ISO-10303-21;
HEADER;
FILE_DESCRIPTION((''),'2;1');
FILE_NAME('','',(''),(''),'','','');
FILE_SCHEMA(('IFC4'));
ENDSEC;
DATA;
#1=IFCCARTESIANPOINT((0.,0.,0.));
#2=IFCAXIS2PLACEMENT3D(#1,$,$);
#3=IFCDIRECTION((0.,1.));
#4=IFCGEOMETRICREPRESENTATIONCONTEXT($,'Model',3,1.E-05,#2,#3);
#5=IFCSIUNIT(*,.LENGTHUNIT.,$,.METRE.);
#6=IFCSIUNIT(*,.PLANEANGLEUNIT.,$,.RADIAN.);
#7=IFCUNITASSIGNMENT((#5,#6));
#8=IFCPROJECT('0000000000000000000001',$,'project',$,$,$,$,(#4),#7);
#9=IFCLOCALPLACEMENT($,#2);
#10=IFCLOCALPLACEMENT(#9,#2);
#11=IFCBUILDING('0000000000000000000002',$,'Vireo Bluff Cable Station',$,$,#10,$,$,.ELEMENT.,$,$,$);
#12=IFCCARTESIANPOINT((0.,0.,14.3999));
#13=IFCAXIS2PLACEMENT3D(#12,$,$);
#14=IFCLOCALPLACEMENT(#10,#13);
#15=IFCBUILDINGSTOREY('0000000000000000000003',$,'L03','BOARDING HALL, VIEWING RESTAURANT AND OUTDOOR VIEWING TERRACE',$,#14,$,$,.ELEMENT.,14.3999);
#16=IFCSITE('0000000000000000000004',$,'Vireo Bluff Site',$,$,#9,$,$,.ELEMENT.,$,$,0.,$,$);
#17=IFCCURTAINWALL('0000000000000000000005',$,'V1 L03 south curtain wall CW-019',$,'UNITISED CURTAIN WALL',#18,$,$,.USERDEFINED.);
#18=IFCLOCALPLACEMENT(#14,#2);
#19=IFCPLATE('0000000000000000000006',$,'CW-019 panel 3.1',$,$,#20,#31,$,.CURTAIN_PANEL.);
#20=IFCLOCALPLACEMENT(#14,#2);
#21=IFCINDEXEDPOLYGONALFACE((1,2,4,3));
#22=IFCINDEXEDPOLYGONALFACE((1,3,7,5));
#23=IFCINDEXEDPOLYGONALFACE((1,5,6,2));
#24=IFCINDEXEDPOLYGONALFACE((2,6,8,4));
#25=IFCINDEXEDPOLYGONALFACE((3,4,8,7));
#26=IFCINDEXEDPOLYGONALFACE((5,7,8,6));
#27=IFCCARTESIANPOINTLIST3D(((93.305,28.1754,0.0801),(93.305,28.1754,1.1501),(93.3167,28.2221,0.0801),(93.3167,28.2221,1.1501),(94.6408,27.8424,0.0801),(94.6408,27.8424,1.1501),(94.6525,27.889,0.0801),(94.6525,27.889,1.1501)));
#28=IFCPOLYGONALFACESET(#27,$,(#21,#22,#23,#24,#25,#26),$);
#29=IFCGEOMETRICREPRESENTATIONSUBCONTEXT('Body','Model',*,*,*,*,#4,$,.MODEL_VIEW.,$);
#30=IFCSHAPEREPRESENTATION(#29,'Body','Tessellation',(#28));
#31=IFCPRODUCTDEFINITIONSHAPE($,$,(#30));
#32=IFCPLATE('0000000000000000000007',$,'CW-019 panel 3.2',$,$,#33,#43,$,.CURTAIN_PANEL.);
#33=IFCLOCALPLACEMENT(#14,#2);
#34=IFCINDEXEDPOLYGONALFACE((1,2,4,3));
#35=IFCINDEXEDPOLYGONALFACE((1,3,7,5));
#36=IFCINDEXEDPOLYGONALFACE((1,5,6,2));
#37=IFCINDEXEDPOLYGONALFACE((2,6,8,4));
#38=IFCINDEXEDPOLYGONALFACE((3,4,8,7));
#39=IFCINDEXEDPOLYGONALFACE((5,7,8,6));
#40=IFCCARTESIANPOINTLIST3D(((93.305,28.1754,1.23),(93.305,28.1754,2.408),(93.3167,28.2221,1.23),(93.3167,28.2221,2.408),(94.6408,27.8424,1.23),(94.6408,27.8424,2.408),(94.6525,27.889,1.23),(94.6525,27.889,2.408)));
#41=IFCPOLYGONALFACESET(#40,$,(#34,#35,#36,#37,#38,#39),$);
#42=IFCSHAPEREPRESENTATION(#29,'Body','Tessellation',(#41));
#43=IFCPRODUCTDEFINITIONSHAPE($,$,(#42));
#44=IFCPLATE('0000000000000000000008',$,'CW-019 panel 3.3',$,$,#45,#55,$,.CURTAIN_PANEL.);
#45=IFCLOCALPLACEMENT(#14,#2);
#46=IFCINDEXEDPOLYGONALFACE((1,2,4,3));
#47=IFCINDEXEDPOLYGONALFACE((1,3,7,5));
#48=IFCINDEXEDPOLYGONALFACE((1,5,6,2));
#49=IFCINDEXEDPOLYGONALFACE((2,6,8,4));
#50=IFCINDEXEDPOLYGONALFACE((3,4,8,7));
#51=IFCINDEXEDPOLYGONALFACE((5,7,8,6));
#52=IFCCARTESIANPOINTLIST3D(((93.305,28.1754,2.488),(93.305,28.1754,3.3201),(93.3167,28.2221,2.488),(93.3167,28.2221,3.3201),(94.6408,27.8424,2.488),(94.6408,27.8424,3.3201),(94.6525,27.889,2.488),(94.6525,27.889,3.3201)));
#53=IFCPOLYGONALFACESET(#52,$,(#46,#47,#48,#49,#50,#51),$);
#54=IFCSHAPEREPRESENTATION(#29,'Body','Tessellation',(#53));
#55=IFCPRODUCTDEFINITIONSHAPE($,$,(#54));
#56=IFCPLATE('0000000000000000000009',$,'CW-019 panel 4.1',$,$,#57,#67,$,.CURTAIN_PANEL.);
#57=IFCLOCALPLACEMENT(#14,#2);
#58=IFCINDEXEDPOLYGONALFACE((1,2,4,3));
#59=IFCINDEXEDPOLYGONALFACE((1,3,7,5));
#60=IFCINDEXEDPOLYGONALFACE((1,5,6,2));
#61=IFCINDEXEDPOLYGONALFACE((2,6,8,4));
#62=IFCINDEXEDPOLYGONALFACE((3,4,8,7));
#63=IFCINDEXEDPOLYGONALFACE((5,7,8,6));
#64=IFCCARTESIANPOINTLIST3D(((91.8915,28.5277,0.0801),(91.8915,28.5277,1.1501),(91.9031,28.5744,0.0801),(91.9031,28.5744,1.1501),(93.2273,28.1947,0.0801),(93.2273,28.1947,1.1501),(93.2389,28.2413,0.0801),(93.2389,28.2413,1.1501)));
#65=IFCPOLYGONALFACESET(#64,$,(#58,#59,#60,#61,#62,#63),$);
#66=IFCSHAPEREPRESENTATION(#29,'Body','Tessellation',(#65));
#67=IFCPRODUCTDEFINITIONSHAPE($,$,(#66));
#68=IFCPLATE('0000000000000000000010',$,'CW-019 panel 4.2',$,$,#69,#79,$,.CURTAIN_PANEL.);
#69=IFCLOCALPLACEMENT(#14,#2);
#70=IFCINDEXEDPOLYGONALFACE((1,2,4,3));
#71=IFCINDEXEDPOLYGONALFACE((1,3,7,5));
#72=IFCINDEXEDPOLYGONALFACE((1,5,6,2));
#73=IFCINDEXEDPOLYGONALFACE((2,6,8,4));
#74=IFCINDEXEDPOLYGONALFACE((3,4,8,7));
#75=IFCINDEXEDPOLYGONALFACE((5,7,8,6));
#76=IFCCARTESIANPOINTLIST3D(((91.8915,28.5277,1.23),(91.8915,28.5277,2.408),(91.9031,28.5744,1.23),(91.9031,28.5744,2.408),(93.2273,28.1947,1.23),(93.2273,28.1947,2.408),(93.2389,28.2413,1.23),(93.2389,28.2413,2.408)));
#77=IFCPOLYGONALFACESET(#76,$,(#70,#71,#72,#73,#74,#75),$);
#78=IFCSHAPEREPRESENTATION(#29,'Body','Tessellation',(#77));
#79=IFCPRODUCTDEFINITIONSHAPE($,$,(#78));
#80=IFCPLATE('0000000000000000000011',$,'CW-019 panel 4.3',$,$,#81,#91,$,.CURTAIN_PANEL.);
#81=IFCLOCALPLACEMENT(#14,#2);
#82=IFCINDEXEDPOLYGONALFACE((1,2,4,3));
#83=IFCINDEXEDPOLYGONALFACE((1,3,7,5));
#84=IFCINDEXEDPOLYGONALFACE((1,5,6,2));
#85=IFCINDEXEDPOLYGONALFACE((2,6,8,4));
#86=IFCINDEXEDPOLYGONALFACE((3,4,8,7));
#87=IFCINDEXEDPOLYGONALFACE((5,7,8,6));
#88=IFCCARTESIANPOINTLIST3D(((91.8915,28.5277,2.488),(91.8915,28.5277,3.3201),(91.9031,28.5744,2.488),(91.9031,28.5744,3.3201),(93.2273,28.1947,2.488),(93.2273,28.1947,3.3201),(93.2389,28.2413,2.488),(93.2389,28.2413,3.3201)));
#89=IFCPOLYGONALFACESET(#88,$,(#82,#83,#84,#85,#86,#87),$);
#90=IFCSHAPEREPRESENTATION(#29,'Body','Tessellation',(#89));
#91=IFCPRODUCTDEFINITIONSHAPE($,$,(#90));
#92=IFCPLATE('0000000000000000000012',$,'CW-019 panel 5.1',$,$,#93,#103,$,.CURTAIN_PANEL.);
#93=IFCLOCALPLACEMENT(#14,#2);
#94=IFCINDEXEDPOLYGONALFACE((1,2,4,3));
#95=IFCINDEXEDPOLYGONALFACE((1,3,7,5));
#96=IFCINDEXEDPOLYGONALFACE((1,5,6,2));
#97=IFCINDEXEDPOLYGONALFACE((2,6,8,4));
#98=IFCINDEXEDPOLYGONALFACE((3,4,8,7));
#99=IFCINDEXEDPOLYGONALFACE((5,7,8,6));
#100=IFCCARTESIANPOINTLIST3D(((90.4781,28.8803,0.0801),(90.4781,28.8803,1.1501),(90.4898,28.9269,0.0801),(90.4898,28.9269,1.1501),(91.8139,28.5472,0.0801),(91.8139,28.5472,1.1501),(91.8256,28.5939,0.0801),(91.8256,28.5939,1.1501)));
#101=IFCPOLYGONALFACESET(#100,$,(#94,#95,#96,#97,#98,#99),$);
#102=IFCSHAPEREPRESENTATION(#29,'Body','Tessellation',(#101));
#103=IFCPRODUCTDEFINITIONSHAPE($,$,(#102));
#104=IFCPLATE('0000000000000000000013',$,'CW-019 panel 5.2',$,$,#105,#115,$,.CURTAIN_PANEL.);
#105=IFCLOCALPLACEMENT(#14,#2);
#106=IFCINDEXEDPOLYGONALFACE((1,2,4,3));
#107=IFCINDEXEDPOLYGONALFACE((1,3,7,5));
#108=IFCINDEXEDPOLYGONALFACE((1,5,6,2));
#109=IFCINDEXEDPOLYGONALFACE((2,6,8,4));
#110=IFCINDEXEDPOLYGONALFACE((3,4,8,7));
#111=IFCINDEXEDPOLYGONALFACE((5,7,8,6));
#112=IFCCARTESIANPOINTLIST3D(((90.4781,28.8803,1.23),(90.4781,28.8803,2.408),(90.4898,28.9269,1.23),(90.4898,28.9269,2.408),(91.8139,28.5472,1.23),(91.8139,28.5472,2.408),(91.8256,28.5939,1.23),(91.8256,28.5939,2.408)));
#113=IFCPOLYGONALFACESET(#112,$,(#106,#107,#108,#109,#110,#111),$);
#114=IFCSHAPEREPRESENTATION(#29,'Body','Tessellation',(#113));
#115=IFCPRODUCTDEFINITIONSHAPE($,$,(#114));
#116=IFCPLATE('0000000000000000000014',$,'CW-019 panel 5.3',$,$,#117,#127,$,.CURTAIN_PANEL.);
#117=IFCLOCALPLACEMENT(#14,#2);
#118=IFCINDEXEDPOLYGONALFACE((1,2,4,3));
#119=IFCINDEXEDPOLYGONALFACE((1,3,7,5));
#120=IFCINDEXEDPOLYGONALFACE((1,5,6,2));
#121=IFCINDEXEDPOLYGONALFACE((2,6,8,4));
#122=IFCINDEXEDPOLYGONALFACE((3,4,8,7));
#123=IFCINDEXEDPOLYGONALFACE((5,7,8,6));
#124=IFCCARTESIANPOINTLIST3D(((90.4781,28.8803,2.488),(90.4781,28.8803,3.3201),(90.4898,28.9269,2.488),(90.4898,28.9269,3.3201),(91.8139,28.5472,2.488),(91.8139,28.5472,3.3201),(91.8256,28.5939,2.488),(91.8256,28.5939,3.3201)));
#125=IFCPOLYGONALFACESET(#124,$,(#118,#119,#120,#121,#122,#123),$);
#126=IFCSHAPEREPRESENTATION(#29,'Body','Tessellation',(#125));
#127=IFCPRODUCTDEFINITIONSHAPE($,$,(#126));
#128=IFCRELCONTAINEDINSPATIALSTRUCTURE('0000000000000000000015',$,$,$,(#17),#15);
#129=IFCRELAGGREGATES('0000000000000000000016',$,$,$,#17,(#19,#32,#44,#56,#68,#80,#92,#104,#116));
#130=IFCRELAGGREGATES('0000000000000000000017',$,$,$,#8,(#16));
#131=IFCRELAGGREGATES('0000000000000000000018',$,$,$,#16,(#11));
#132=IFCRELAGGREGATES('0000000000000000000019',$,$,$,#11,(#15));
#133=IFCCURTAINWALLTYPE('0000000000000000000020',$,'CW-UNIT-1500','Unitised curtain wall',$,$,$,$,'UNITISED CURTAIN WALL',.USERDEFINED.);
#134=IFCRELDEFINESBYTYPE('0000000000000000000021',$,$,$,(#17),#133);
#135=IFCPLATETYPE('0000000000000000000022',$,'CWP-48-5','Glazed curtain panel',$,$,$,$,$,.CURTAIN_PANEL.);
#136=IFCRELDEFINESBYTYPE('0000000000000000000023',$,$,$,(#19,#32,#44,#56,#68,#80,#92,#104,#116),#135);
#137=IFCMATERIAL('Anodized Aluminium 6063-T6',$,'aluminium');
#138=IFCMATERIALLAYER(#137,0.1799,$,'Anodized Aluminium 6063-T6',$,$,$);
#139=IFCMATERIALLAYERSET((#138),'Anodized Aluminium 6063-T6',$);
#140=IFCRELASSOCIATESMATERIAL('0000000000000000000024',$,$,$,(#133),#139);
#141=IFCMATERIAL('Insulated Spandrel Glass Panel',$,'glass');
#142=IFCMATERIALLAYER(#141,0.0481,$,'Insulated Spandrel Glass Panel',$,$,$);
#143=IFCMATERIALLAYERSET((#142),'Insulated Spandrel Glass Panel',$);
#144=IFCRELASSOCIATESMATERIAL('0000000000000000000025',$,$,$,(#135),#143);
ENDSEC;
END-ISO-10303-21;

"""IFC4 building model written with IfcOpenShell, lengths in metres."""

from ifc_helpers import new_model, si_unit, direction, frame, origin, origin_2d, place, context, subcontext, project, spatial, rectangle, extrude, material, layer, layer_set, type_object, element, aggregate, save


model = new_model("IFC4")

# Units and contexts
model_context = context("Model", 3, precision=1e-05, world=origin(), true_north=direction((0.0, 1.0)))
body_context = subcontext(model_context, "Body", "Model", "MODEL_VIEW")
ifc_project = project(units=[si_unit("LENGTHUNIT", "METRE"), si_unit("PLANEANGLEUNIT", "RADIAN")], contexts=[model_context])

# Site, building, storey
site_placement = place(None, origin())
site = spatial("IfcSite", under=ifc_project, at=site_placement, Name="Vireo Bluff Site", CompositionType="ELEMENT", RefElevation=0.0)
building_placement = place(site_placement, origin())
building = spatial("IfcBuilding", under=site, at=building_placement, Name="Vireo Bluff Cable Station", CompositionType="ELEMENT")
storey_placement = place(building_placement, frame((0.0, 0.0, 14.3999)))
storey = spatial("IfcBuildingStorey", under=building, at=storey_placement, Name="L03", Description="BOARDING HALL, VIEWING RESTAURANT AND OUTDOOR VIEWING TERRACE", CompositionType="ELEMENT", Elevation=14.3999)

# Curtain wall, plates
ifc_material_1 = material(Name="Anodized Aluminium 6063-T6", Category="aluminium")
ifc_layer_1 = layer(ifc_material_1, 0.1799, Name="Anodized Aluminium 6063-T6")
ifc_layer_set_1 = layer_set([ifc_layer_1], Name="Anodized Aluminium 6063-T6")
curtain_wall_type = type_object("IfcCurtainWallType", Name="CW-UNIT-1500", Description="Unitised curtain wall", ElementType="UNITISED CURTAIN WALL", PredefinedType="USERDEFINED", material=ifc_layer_set_1)
curtain_wall_placement = place(storey_placement, origin())
curtain_wall = element("IfcCurtainWall", 1, at=curtain_wall_placement, inside=storey, type_object=curtain_wall_type, Name="V1 L03 south curtain wall CW-019", ObjectType="UNITISED CURTAIN WALL", PredefinedType="USERDEFINED")
ifc_material_2 = material(Name="Insulated Spandrel Glass Panel", Category="glass")
ifc_layer_2 = layer(ifc_material_2, 0.0481, Name="Insulated Spandrel Glass Panel")
ifc_layer_set_2 = layer_set([ifc_layer_2], Name="Insulated Spandrel Glass Panel")
plate_type = type_object("IfcPlateType", Name="CWP-48-5", Description="Glazed curtain panel", PredefinedType="CURTAIN_PANEL", material=ifc_layer_set_2)
plate_1_placement = place(storey_placement, frame((93.9788, 28.0322, 0.0801), z_axis=(0.0, 0.0, 1.0), x_axis=(-0.970296, 0.241922, 0.0)))
plate_1 = element("IfcPlate", 2, at=plate_1_placement, type_object=plate_type, Name="CW-019 panel 3.1", PredefinedType="CURTAIN_PANEL", context=body_context, shape_type="SweptSolid", body=[
    extrude(rectangle(XDim=1.3767, YDim=0.0481, at=origin_2d()), origin(), (0.0, 0.0, 1.0), 1.0701),
])
plate_2_placement = place(storey_placement, frame((93.9788, 28.0322, 1.23), z_axis=(0.0, 0.0, 1.0), x_axis=(-0.970296, 0.241922, 0.0)))
plate_2 = element("IfcPlate", 3, at=plate_2_placement, type_object=plate_type, Name="CW-019 panel 3.2", PredefinedType="CURTAIN_PANEL", context=body_context, shape_type="SweptSolid", body=[
    extrude(rectangle(XDim=1.3767, YDim=0.0481, at=origin_2d()), origin(), (0.0, 0.0, 1.0), 1.178),
])
plate_3_placement = place(storey_placement, frame((93.9788, 28.0322, 2.488), z_axis=(0.0, 0.0, 1.0), x_axis=(-0.970296, 0.241922, 0.0)))
plate_3 = element("IfcPlate", 4, at=plate_3_placement, type_object=plate_type, Name="CW-019 panel 3.3", PredefinedType="CURTAIN_PANEL", context=body_context, shape_type="SweptSolid", body=[
    extrude(rectangle(XDim=1.3767, YDim=0.0481, at=origin_2d()), origin(), (0.0, 0.0, 1.0), 0.832),
])
plate_4_placement = place(storey_placement, frame((92.5652, 28.3845, 0.0801), z_axis=(0.0, 0.0, 1.0), x_axis=(-0.970296, 0.241922, 0.0)))
plate_4 = element("IfcPlate", 5, at=plate_4_placement, type_object=plate_type, Name="CW-019 panel 4.1", PredefinedType="CURTAIN_PANEL", context=body_context, shape_type="SweptSolid", body=[
    extrude(rectangle(XDim=1.3767, YDim=0.0481, at=origin_2d()), origin(), (0.0, 0.0, 1.0), 1.0701),
])
plate_5_placement = place(storey_placement, frame((92.5652, 28.3845, 1.23), z_axis=(0.0, 0.0, 1.0), x_axis=(-0.970296, 0.241922, 0.0)))
plate_5 = element("IfcPlate", 6, at=plate_5_placement, type_object=plate_type, Name="CW-019 panel 4.2", PredefinedType="CURTAIN_PANEL", context=body_context, shape_type="SweptSolid", body=[
    extrude(rectangle(XDim=1.3767, YDim=0.0481, at=origin_2d()), origin(), (0.0, 0.0, 1.0), 1.178),
])
plate_6_placement = place(storey_placement, frame((92.5652, 28.3845, 2.488), z_axis=(0.0, 0.0, 1.0), x_axis=(-0.970296, 0.241922, 0.0)))
plate_6 = element("IfcPlate", 7, at=plate_6_placement, type_object=plate_type, Name="CW-019 panel 4.3", PredefinedType="CURTAIN_PANEL", context=body_context, shape_type="SweptSolid", body=[
    extrude(rectangle(XDim=1.3767, YDim=0.0481, at=origin_2d()), origin(), (0.0, 0.0, 1.0), 0.832),
])
plate_7_placement = place(storey_placement, frame((91.1519, 28.7371, 0.0801), z_axis=(0.0, 0.0, 1.0), x_axis=(-0.970296, 0.241922, 0.0)))
plate_7 = element("IfcPlate", 8, at=plate_7_placement, type_object=plate_type, Name="CW-019 panel 5.1", PredefinedType="CURTAIN_PANEL", context=body_context, shape_type="SweptSolid", body=[
    extrude(rectangle(XDim=1.3767, YDim=0.0481, at=origin_2d()), origin(), (0.0, 0.0, 1.0), 1.0701),
])
plate_8_placement = place(storey_placement, frame((91.1519, 28.7371, 1.23), z_axis=(0.0, 0.0, 1.0), x_axis=(-0.970296, 0.241922, 0.0)))
plate_8 = element("IfcPlate", 9, at=plate_8_placement, type_object=plate_type, Name="CW-019 panel 5.2", PredefinedType="CURTAIN_PANEL", context=body_context, shape_type="SweptSolid", body=[
    extrude(rectangle(XDim=1.3767, YDim=0.0481, at=origin_2d()), origin(), (0.0, 0.0, 1.0), 1.178),
])
plate_9_placement = place(storey_placement, frame((91.1519, 28.7371, 2.488), z_axis=(0.0, 0.0, 1.0), x_axis=(-0.970296, 0.241922, 0.0)))
plate_9 = element("IfcPlate", 10, at=plate_9_placement, type_object=plate_type, Name="CW-019 panel 5.3", PredefinedType="CURTAIN_PANEL", context=body_context, shape_type="SweptSolid", body=[
    extrude(rectangle(XDim=1.3767, YDim=0.0481, at=origin_2d()), origin(), (0.0, 0.0, 1.0), 0.832),
])
aggregate(curtain_wall, [plate_1, plate_2, plate_3, plate_4, plate_5, plate_6, plate_7, plate_8, plate_9])

save(model, "model.ifc")
